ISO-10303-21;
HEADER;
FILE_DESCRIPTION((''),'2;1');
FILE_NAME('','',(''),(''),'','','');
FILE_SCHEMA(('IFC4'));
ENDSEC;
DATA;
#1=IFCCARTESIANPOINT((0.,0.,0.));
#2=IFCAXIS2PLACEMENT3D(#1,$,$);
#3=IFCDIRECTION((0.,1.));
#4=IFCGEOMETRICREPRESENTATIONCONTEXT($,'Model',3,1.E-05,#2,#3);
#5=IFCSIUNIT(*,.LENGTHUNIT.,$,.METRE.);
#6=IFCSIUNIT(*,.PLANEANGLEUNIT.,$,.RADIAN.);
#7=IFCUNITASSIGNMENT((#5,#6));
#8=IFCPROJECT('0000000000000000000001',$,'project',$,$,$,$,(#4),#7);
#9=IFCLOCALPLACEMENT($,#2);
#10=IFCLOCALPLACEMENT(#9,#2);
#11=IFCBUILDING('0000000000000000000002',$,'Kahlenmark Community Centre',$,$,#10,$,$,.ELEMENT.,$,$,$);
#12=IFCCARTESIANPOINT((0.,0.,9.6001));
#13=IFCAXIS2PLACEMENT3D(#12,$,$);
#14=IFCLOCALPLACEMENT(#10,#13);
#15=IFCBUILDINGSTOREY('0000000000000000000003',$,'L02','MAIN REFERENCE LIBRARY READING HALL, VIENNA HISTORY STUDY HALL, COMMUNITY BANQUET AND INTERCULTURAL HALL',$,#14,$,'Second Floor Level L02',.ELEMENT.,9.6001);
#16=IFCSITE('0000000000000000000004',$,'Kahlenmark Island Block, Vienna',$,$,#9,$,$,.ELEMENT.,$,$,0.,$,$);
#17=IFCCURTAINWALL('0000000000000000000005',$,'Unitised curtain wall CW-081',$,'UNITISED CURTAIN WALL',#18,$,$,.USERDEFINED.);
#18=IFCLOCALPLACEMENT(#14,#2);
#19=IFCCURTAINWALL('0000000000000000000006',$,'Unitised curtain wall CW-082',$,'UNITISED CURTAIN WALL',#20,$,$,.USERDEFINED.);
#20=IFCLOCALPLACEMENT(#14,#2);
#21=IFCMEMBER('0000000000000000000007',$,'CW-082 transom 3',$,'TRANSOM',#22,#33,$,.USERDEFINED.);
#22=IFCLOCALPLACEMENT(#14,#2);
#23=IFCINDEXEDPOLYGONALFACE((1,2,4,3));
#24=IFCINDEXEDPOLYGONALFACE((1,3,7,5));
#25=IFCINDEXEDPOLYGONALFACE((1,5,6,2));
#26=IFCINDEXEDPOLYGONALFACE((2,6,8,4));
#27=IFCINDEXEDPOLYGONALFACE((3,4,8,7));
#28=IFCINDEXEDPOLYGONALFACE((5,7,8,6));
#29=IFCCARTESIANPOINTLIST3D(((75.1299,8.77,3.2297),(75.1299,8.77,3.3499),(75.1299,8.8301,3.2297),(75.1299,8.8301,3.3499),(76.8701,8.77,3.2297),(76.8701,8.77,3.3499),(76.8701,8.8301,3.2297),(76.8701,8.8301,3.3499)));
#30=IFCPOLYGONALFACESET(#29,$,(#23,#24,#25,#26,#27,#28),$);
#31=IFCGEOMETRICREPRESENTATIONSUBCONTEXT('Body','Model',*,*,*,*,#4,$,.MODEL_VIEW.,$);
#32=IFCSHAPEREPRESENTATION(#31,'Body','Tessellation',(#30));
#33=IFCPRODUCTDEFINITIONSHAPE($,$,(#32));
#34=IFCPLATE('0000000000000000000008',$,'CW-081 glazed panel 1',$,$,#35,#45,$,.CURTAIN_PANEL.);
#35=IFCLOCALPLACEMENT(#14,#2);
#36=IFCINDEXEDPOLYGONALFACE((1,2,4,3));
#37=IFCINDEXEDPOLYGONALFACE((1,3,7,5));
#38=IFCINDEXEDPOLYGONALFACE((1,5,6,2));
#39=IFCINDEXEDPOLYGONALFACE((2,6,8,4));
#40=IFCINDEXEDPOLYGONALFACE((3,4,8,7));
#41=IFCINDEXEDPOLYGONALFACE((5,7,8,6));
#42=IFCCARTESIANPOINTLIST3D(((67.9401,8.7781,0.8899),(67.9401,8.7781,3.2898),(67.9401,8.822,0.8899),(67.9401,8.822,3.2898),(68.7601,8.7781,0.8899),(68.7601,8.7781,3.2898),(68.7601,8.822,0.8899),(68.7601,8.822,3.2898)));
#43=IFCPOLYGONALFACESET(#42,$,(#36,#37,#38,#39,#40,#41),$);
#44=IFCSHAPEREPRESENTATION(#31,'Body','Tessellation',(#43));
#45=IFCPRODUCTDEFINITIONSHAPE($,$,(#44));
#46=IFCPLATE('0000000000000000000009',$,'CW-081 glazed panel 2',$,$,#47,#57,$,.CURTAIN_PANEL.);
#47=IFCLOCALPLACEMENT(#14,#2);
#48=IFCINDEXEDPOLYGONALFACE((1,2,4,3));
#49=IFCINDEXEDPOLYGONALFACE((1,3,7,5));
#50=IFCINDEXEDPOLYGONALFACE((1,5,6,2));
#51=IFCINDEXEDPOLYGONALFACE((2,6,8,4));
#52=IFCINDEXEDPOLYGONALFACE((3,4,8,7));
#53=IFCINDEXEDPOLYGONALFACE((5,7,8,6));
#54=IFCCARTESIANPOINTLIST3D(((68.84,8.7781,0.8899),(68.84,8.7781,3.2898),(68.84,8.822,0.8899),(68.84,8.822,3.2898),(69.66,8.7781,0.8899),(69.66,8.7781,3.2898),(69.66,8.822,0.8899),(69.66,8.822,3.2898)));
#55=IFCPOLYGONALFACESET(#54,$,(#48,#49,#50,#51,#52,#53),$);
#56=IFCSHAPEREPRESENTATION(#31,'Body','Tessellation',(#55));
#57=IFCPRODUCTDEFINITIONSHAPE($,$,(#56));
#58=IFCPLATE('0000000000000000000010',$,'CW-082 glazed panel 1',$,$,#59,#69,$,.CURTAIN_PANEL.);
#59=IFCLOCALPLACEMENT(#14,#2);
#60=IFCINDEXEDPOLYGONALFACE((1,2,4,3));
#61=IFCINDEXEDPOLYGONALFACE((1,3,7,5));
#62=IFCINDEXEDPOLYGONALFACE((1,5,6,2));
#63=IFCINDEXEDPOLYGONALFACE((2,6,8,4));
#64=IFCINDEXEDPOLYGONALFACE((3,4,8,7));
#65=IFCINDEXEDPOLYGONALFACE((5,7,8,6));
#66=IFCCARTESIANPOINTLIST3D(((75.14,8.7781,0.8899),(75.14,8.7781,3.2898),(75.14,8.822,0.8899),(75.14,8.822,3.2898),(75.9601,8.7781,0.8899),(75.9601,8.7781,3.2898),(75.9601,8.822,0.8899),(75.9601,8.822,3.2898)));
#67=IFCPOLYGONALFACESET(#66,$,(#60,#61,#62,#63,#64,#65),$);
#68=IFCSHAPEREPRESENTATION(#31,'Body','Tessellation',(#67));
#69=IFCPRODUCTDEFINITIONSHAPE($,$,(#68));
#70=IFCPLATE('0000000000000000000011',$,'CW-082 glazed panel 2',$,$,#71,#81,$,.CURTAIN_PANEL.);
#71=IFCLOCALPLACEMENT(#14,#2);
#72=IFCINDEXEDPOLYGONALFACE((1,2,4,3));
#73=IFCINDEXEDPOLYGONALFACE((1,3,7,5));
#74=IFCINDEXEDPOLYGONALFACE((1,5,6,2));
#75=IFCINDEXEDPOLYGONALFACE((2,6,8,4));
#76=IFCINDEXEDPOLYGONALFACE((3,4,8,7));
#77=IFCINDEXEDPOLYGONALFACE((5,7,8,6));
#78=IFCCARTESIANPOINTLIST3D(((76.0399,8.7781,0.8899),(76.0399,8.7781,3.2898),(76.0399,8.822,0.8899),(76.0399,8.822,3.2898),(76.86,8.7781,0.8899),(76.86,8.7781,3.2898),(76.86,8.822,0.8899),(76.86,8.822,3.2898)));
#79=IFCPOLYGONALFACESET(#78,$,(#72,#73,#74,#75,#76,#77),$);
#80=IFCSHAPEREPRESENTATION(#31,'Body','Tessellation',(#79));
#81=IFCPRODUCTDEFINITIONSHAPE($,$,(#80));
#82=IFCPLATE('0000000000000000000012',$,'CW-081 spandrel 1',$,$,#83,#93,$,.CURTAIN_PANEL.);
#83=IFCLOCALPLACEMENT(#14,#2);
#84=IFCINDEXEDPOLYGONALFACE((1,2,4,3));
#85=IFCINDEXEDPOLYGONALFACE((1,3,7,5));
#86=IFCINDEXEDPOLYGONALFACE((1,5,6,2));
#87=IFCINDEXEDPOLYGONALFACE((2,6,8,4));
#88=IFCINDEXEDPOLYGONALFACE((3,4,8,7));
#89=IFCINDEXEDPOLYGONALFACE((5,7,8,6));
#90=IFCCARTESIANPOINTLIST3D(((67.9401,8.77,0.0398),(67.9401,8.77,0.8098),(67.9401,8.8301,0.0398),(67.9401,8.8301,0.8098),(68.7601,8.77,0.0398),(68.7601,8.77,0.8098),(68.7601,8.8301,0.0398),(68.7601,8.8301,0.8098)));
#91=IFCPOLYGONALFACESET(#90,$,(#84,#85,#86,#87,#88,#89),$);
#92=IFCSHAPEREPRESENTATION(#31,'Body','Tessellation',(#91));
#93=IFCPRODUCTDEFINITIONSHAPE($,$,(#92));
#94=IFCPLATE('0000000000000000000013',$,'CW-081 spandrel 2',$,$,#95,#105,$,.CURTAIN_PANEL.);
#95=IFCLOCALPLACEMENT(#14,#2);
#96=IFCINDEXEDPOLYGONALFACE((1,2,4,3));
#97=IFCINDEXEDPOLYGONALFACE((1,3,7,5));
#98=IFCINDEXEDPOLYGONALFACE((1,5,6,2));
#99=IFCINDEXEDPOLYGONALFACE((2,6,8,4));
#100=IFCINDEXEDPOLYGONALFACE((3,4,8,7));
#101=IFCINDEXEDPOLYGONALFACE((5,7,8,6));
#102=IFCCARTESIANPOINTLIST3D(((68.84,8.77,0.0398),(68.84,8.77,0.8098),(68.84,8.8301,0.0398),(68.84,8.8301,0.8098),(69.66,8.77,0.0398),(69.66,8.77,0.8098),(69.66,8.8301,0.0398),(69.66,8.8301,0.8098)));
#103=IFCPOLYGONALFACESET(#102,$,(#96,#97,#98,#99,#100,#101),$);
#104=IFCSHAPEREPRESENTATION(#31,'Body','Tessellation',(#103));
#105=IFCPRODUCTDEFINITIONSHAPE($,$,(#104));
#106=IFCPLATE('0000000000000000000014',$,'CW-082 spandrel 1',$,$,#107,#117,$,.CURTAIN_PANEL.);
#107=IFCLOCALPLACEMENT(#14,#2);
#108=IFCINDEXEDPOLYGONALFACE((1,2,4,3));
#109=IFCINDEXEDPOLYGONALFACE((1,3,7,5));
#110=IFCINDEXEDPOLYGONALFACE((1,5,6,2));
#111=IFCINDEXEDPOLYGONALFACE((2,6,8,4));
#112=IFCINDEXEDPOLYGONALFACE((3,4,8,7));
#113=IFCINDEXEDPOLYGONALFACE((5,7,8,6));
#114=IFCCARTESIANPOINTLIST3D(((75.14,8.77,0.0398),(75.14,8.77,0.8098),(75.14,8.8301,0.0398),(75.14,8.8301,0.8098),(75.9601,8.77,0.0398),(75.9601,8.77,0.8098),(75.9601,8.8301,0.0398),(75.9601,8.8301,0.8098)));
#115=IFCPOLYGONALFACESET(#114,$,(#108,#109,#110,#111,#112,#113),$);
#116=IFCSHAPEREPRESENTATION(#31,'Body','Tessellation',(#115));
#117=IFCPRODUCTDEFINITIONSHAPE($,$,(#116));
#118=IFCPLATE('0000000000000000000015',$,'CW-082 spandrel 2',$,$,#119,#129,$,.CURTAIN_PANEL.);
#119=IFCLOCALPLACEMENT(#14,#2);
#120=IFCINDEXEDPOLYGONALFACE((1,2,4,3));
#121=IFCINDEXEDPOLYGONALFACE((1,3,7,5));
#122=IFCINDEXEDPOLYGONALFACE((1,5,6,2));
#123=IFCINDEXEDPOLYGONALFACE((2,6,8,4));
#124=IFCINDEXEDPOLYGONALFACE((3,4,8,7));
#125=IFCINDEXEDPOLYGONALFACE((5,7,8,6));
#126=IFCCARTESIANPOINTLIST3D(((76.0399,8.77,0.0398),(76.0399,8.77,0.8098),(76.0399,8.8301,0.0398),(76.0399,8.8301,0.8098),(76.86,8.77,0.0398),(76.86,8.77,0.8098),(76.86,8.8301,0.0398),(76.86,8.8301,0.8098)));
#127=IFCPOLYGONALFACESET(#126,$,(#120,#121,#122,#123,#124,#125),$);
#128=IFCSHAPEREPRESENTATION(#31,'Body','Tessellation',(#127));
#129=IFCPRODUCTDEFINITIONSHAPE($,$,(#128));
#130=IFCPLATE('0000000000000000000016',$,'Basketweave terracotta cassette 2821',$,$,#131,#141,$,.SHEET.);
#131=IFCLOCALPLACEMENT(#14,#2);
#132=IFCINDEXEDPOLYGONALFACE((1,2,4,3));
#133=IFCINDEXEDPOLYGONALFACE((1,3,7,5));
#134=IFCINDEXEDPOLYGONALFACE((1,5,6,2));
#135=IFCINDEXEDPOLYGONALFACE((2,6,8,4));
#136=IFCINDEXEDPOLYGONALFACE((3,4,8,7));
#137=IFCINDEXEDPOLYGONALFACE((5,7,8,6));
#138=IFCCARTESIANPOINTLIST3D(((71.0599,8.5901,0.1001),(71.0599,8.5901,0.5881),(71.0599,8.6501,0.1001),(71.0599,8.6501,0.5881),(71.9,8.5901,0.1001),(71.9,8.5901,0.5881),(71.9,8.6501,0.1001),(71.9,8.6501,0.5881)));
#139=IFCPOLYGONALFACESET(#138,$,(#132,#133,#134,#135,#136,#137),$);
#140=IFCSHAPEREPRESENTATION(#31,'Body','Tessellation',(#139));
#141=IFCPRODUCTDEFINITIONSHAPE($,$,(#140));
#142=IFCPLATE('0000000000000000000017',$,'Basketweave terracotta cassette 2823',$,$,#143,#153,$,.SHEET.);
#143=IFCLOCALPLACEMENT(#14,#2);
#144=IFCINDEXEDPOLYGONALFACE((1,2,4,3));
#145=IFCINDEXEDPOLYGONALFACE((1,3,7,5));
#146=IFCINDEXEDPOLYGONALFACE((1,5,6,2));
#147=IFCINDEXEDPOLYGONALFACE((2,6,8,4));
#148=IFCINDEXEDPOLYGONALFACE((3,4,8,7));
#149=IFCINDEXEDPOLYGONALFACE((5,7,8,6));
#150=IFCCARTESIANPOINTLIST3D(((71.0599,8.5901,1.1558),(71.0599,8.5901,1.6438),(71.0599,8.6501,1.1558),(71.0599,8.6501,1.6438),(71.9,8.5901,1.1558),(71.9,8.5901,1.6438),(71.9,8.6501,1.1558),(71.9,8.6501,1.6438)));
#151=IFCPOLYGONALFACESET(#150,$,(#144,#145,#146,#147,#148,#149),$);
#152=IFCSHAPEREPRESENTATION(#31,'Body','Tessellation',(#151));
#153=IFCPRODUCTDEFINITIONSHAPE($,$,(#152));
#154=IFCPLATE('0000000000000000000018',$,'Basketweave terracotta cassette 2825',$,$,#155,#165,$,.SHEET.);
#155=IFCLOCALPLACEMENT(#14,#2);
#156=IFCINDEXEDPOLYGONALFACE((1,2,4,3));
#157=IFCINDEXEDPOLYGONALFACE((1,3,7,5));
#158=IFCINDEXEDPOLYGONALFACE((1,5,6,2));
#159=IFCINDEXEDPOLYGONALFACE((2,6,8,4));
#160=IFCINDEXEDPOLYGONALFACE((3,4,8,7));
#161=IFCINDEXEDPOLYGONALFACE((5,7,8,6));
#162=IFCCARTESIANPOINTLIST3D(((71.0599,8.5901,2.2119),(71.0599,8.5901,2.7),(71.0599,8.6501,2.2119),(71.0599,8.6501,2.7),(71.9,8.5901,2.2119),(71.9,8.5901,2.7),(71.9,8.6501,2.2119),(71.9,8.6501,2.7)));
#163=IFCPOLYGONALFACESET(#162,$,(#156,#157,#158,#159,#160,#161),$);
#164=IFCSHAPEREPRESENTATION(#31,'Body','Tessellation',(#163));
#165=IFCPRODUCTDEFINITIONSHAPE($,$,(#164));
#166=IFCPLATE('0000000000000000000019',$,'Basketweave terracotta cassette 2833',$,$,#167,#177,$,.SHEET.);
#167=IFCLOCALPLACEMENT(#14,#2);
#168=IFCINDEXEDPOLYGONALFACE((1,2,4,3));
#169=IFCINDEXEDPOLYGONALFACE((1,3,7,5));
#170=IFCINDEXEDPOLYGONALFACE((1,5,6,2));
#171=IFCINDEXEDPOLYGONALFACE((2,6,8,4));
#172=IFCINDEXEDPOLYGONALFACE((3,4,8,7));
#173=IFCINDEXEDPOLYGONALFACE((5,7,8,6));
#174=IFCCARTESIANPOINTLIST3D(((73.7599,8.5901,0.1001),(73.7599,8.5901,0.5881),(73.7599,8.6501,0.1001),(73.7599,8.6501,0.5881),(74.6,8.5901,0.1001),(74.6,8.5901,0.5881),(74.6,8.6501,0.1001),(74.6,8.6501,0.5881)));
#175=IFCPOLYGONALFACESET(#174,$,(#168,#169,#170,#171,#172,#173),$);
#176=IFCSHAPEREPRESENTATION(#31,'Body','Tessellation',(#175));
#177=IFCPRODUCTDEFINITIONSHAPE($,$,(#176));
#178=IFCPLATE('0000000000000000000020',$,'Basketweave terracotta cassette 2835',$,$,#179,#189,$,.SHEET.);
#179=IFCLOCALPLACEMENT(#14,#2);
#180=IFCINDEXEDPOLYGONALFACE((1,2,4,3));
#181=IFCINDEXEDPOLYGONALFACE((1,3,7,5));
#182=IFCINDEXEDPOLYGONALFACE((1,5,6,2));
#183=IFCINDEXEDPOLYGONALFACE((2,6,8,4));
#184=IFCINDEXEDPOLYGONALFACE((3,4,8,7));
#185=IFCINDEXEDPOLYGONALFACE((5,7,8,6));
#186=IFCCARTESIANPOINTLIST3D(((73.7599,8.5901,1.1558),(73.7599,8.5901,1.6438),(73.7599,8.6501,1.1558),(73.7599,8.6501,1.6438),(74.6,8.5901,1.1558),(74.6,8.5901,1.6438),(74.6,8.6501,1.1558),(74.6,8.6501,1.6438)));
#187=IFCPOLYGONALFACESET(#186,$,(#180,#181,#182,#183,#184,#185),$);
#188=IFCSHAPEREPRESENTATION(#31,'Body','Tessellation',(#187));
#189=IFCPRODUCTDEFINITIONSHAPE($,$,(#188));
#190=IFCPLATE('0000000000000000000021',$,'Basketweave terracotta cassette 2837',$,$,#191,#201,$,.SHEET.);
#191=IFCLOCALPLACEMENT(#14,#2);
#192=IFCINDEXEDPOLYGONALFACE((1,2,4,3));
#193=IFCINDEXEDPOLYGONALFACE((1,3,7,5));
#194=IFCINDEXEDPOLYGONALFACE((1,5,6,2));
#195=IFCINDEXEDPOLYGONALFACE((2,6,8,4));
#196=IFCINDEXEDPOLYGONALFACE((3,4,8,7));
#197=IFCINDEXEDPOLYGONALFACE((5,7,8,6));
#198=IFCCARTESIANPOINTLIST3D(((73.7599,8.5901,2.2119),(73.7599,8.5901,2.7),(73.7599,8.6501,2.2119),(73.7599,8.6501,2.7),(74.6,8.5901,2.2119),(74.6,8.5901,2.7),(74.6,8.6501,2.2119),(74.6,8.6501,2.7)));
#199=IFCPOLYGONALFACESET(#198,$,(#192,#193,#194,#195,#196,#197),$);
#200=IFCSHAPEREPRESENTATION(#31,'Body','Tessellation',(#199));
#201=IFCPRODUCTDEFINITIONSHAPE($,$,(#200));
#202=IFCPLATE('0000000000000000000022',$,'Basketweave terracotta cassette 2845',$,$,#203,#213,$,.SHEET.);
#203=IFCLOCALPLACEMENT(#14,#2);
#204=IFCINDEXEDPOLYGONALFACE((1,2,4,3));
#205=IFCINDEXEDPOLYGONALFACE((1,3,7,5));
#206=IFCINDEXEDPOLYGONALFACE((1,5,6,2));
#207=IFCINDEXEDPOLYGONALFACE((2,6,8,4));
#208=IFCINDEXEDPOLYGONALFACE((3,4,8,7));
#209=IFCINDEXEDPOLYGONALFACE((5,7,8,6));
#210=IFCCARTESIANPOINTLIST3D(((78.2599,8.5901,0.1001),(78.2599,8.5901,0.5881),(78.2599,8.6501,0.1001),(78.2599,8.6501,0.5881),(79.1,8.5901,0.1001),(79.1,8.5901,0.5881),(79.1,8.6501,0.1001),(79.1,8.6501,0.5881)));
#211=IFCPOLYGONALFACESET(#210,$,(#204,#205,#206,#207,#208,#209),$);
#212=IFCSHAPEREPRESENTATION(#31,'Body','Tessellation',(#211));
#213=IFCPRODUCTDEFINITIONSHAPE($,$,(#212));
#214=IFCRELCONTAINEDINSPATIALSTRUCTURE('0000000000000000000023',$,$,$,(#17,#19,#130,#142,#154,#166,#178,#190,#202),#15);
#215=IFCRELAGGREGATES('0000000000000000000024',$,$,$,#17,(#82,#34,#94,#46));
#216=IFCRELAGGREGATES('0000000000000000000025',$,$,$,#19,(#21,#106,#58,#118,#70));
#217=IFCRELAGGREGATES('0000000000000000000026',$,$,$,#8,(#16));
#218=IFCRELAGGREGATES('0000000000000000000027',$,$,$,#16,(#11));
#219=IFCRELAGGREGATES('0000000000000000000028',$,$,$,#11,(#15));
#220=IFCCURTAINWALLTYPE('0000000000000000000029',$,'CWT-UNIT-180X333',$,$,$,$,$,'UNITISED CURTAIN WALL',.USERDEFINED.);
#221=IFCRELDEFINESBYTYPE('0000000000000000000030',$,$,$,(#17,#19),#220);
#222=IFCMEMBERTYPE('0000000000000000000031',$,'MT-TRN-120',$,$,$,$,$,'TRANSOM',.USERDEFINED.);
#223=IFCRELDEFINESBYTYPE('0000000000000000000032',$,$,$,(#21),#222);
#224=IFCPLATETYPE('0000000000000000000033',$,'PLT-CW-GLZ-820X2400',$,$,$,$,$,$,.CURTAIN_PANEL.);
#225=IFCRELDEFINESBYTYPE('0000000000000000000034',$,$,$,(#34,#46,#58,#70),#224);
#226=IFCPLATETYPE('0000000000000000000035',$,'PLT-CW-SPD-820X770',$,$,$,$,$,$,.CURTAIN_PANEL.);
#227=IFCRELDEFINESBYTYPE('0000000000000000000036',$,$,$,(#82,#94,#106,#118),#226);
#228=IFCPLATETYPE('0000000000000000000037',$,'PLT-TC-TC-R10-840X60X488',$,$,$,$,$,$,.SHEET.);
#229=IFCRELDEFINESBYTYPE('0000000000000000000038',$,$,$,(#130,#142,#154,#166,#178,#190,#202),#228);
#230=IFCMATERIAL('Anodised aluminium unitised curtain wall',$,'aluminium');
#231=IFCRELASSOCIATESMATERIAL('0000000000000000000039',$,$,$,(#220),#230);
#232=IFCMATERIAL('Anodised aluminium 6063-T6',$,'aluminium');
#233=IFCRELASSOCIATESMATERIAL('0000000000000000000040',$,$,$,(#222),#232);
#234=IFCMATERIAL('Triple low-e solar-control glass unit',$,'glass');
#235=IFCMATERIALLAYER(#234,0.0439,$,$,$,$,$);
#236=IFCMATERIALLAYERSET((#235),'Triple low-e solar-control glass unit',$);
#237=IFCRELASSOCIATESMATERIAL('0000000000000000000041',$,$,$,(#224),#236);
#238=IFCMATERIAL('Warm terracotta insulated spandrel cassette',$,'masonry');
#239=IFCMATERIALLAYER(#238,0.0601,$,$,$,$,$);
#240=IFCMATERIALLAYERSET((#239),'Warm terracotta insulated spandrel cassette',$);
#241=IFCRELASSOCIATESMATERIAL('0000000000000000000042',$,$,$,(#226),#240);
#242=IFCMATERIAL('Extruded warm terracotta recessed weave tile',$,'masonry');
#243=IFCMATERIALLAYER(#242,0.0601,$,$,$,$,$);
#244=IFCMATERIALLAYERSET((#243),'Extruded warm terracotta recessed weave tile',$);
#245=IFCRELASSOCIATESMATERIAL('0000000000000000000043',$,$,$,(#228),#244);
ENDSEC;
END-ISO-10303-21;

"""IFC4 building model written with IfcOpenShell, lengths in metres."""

from ifc_helpers import new_model, si_unit, direction, frame, origin, origin_2d, place, context, subcontext, project, spatial, rectangle, extrude, material, layer, layer_set, material_profile, profile_set, type_object, element, aggregate, save


model = new_model("IFC4")

# Units and contexts
model_context = context("Model", 3, precision=1e-05, world=origin(), true_north=direction((0.0, 1.0)))
body_context = subcontext(model_context, "Body", "Model", "MODEL_VIEW")
ifc_project = project(units=[si_unit("LENGTHUNIT", "METRE"), si_unit("PLANEANGLEUNIT", "RADIAN")], contexts=[model_context])

# Site, building, storey
site_placement = place(None, origin())
site = spatial("IfcSite", under=ifc_project, at=site_placement, Name="Kahlenmark Island Block, Vienna", CompositionType="ELEMENT", RefElevation=0.0)
building_placement = place(site_placement, origin())
building = spatial("IfcBuilding", under=site, at=building_placement, Name="Kahlenmark Community Centre", CompositionType="ELEMENT")
storey_placement = place(building_placement, frame((0.0, 0.0, 9.6001)))
storey = spatial("IfcBuildingStorey", under=building, at=storey_placement, Name="L02", Description="MAIN REFERENCE LIBRARY READING HALL, VIENNA HISTORY STUDY HALL, COMMUNITY BANQUET AND INTERCULTURAL HALL", LongName="Second Floor Level L02", CompositionType="ELEMENT", Elevation=9.6001)

# Curtain walls
ifc_material_1 = material(Name="Anodised aluminium unitised curtain wall", Category="aluminium")
curtain_wall_type = type_object("IfcCurtainWallType", Name="CWT-UNIT-180X333", ElementType="UNITISED CURTAIN WALL", PredefinedType="USERDEFINED", material=ifc_material_1)
curtain_wall_1_placement = place(storey_placement, origin())
curtain_wall_1 = element("IfcCurtainWall", 1, at=curtain_wall_1_placement, inside=storey, type_object=curtain_wall_type, Name="Unitised curtain wall CW-081", ObjectType="UNITISED CURTAIN WALL", PredefinedType="USERDEFINED")
ifc_material_2 = material(Name="Anodised aluminium 6063-T6", Category="aluminium")
curtain_wall_2_placement = place(storey_placement, origin())
curtain_wall_2 = element("IfcCurtainWall", 2, at=curtain_wall_2_placement, inside=storey, type_object=curtain_wall_type, Name="Unitised curtain wall CW-082", ObjectType="UNITISED CURTAIN WALL", PredefinedType="USERDEFINED")

# Member
ifc_material_profile_1 = material_profile(ifc_material_2, rectangle(XDim=0.0601, YDim=0.1201, at=origin_2d()), Name="ALU TRANSOM 60x120")
ifc_profile_set_1 = profile_set([ifc_material_profile_1], Name="Anodised aluminium 6063-T6")
member_type_1 = type_object("IfcMemberType", Name="MT-TRN-120", ElementType="TRANSOM", PredefinedType="USERDEFINED", material=ifc_profile_set_1)
member_1_placement = place(storey_placement, frame((75.1299, 8.8, 3.2898), z_axis=(1.0, 0.0, 0.0), x_axis=(0.0, 1.0, 0.0)))
member_1 = element("IfcMember", 3, at=member_1_placement, type_object=member_type_1, Name="CW-082 transom 3", ObjectType="TRANSOM", PredefinedType="USERDEFINED", context=body_context, shape_type="SweptSolid", body=[
    extrude(rectangle(XDim=0.0601, YDim=0.1201, at=origin_2d()), origin(), (0.0, 0.0, 1.0), 1.7402),
])

# Plates
ifc_material_3 = material(Name="Triple low-e solar-control glass unit", Category="glass")
ifc_layer_1 = layer(ifc_material_3, 0.0439)
ifc_layer_set_1 = layer_set([ifc_layer_1], Name="Triple low-e solar-control glass unit")
plate_type_1 = type_object("IfcPlateType", Name="PLT-CW-GLZ-820X2400", PredefinedType="CURTAIN_PANEL", material=ifc_layer_set_1)
plate_1_placement = place(storey_placement, frame((68.3501, 8.8, 0.8899), z_axis=(0.0, 0.0, 1.0), x_axis=(1.0, 0.0, 0.0)))
plate_1 = element("IfcPlate", 4, at=plate_1_placement, type_object=plate_type_1, Name="CW-081 glazed panel 1", PredefinedType="CURTAIN_PANEL", context=body_context, shape_type="SweptSolid", body=[
    extrude(rectangle(XDim=0.8201, YDim=0.0439, at=origin_2d()), origin(), (0.0, 0.0, 1.0), 2.3999),
])
plate_2_placement = place(storey_placement, frame((69.25, 8.8, 0.8899), z_axis=(0.0, 0.0, 1.0), x_axis=(1.0, 0.0, 0.0)))
plate_2 = element("IfcPlate", 5, at=plate_2_placement, type_object=plate_type_1, Name="CW-081 glazed panel 2", PredefinedType="CURTAIN_PANEL", context=body_context, shape_type="SweptSolid", body=[
    extrude(rectangle(XDim=0.8201, YDim=0.0439, at=origin_2d()), origin(), (0.0, 0.0, 1.0), 2.3999),
])
plate_3_placement = place(storey_placement, frame((75.55, 8.8, 0.8899), z_axis=(0.0, 0.0, 1.0), x_axis=(1.0, 0.0, 0.0)))
plate_3 = element("IfcPlate", 6, at=plate_3_placement, type_object=plate_type_1, Name="CW-082 glazed panel 1", PredefinedType="CURTAIN_PANEL", context=body_context, shape_type="SweptSolid", body=[
    extrude(rectangle(XDim=0.8201, YDim=0.0439, at=origin_2d()), origin(), (0.0, 0.0, 1.0), 2.3999),
])
plate_4_placement = place(storey_placement, frame((76.45, 8.8, 0.8899), z_axis=(0.0, 0.0, 1.0), x_axis=(1.0, 0.0, 0.0)))
plate_4 = element("IfcPlate", 7, at=plate_4_placement, type_object=plate_type_1, Name="CW-082 glazed panel 2", PredefinedType="CURTAIN_PANEL", context=body_context, shape_type="SweptSolid", body=[
    extrude(rectangle(XDim=0.8201, YDim=0.0439, at=origin_2d()), origin(), (0.0, 0.0, 1.0), 2.3999),
])
ifc_material_4 = material(Name="Warm terracotta insulated spandrel cassette", Category="masonry")
ifc_layer_2 = layer(ifc_material_4, 0.0601)
ifc_layer_set_2 = layer_set([ifc_layer_2], Name="Warm terracotta insulated spandrel cassette")
plate_type_2 = type_object("IfcPlateType", Name="PLT-CW-SPD-820X770", PredefinedType="CURTAIN_PANEL", material=ifc_layer_set_2)
plate_5_placement = place(storey_placement, frame((68.3501, 8.8, 0.0398), z_axis=(0.0, 0.0, 1.0), x_axis=(1.0, 0.0, 0.0)))
plate_5 = element("IfcPlate", 8, at=plate_5_placement, type_object=plate_type_2, Name="CW-081 spandrel 1", PredefinedType="CURTAIN_PANEL", context=body_context, shape_type="SweptSolid", body=[
    extrude(rectangle(XDim=0.8201, YDim=0.0601, at=origin_2d()), origin(), (0.0, 0.0, 1.0), 0.77),
])
plate_6_placement = place(storey_placement, frame((69.25, 8.8, 0.0398), z_axis=(0.0, 0.0, 1.0), x_axis=(1.0, 0.0, 0.0)))
plate_6 = element("IfcPlate", 9, at=plate_6_placement, type_object=plate_type_2, Name="CW-081 spandrel 2", PredefinedType="CURTAIN_PANEL", context=body_context, shape_type="SweptSolid", body=[
    extrude(rectangle(XDim=0.8201, YDim=0.0601, at=origin_2d()), origin(), (0.0, 0.0, 1.0), 0.77),
])
aggregate(curtain_wall_1, [plate_5, plate_1, plate_6, plate_2])
plate_7_placement = place(storey_placement, frame((75.55, 8.8, 0.0398), z_axis=(0.0, 0.0, 1.0), x_axis=(1.0, 0.0, 0.0)))
plate_7 = element("IfcPlate", 10, at=plate_7_placement, type_object=plate_type_2, Name="CW-082 spandrel 1", PredefinedType="CURTAIN_PANEL", context=body_context, shape_type="SweptSolid", body=[
    extrude(rectangle(XDim=0.8201, YDim=0.0601, at=origin_2d()), origin(), (0.0, 0.0, 1.0), 0.77),
])
plate_8_placement = place(storey_placement, frame((76.45, 8.8, 0.0398), z_axis=(0.0, 0.0, 1.0), x_axis=(1.0, 0.0, 0.0)))
plate_8 = element("IfcPlate", 11, at=plate_8_placement, type_object=plate_type_2, Name="CW-082 spandrel 2", PredefinedType="CURTAIN_PANEL", context=body_context, shape_type="SweptSolid", body=[
    extrude(rectangle(XDim=0.8201, YDim=0.0601, at=origin_2d()), origin(), (0.0, 0.0, 1.0), 0.77),
])
aggregate(curtain_wall_2, [member_1, plate_7, plate_3, plate_8, plate_4])

# Plates
ifc_material_5 = material(Name="Extruded warm terracotta recessed weave tile", Category="masonry")
ifc_layer_3 = layer(ifc_material_5, 0.0601)
ifc_layer_set_3 = layer_set([ifc_layer_3], Name="Extruded warm terracotta recessed weave tile")
plate_type_3 = type_object("IfcPlateType", Name="PLT-TC-TC-R10-840X60X488", PredefinedType="SHEET", material=ifc_layer_set_3)
for number, where, z_axis, x_axis, name in (
    (12, (71.48, 8.6201, 0.1001), (0.0, 0.0, 1.0), (1.0, 0.0, 0.0), "Basketweave terracotta cassette 2821"),
    (13, (71.48, 8.6201, 1.1558), (0.0, 0.0, 1.0), (1.0, 0.0, 0.0), "Basketweave terracotta cassette 2823"),
    (14, (71.48, 8.6201, 2.2119), (0.0, 0.0, 1.0), (1.0, 0.0, 0.0), "Basketweave terracotta cassette 2825"),
    (15, (74.1799, 8.6201, 0.1001), (0.0, 0.0, 1.0), (1.0, 0.0, 0.0), "Basketweave terracotta cassette 2833"),
    (16, (74.1799, 8.6201, 1.1558), (0.0, 0.0, 1.0), (1.0, 0.0, 0.0), "Basketweave terracotta cassette 2835"),
    (17, (74.1799, 8.6201, 2.2119), (0.0, 0.0, 1.0), (1.0, 0.0, 0.0), "Basketweave terracotta cassette 2837"),
    (18, (78.6799, 8.6201, 0.1001), (0.0, 0.0, 1.0), (1.0, 0.0, 0.0), "Basketweave terracotta cassette 2845"),
):
    element("IfcPlate", number, at=place(storey_placement, frame(where, z_axis=z_axis, x_axis=x_axis)), inside=storey, type_object=plate_type_3, Name=name, PredefinedType="SHEET", context=body_context, shape_type="SweptSolid", body=[
        extrude(rectangle(XDim=0.8401, YDim=0.0601, at=origin_2d()), origin(), (0.0, 0.0, 1.0), 0.488),
    ])

save(model, "model.ifc")
